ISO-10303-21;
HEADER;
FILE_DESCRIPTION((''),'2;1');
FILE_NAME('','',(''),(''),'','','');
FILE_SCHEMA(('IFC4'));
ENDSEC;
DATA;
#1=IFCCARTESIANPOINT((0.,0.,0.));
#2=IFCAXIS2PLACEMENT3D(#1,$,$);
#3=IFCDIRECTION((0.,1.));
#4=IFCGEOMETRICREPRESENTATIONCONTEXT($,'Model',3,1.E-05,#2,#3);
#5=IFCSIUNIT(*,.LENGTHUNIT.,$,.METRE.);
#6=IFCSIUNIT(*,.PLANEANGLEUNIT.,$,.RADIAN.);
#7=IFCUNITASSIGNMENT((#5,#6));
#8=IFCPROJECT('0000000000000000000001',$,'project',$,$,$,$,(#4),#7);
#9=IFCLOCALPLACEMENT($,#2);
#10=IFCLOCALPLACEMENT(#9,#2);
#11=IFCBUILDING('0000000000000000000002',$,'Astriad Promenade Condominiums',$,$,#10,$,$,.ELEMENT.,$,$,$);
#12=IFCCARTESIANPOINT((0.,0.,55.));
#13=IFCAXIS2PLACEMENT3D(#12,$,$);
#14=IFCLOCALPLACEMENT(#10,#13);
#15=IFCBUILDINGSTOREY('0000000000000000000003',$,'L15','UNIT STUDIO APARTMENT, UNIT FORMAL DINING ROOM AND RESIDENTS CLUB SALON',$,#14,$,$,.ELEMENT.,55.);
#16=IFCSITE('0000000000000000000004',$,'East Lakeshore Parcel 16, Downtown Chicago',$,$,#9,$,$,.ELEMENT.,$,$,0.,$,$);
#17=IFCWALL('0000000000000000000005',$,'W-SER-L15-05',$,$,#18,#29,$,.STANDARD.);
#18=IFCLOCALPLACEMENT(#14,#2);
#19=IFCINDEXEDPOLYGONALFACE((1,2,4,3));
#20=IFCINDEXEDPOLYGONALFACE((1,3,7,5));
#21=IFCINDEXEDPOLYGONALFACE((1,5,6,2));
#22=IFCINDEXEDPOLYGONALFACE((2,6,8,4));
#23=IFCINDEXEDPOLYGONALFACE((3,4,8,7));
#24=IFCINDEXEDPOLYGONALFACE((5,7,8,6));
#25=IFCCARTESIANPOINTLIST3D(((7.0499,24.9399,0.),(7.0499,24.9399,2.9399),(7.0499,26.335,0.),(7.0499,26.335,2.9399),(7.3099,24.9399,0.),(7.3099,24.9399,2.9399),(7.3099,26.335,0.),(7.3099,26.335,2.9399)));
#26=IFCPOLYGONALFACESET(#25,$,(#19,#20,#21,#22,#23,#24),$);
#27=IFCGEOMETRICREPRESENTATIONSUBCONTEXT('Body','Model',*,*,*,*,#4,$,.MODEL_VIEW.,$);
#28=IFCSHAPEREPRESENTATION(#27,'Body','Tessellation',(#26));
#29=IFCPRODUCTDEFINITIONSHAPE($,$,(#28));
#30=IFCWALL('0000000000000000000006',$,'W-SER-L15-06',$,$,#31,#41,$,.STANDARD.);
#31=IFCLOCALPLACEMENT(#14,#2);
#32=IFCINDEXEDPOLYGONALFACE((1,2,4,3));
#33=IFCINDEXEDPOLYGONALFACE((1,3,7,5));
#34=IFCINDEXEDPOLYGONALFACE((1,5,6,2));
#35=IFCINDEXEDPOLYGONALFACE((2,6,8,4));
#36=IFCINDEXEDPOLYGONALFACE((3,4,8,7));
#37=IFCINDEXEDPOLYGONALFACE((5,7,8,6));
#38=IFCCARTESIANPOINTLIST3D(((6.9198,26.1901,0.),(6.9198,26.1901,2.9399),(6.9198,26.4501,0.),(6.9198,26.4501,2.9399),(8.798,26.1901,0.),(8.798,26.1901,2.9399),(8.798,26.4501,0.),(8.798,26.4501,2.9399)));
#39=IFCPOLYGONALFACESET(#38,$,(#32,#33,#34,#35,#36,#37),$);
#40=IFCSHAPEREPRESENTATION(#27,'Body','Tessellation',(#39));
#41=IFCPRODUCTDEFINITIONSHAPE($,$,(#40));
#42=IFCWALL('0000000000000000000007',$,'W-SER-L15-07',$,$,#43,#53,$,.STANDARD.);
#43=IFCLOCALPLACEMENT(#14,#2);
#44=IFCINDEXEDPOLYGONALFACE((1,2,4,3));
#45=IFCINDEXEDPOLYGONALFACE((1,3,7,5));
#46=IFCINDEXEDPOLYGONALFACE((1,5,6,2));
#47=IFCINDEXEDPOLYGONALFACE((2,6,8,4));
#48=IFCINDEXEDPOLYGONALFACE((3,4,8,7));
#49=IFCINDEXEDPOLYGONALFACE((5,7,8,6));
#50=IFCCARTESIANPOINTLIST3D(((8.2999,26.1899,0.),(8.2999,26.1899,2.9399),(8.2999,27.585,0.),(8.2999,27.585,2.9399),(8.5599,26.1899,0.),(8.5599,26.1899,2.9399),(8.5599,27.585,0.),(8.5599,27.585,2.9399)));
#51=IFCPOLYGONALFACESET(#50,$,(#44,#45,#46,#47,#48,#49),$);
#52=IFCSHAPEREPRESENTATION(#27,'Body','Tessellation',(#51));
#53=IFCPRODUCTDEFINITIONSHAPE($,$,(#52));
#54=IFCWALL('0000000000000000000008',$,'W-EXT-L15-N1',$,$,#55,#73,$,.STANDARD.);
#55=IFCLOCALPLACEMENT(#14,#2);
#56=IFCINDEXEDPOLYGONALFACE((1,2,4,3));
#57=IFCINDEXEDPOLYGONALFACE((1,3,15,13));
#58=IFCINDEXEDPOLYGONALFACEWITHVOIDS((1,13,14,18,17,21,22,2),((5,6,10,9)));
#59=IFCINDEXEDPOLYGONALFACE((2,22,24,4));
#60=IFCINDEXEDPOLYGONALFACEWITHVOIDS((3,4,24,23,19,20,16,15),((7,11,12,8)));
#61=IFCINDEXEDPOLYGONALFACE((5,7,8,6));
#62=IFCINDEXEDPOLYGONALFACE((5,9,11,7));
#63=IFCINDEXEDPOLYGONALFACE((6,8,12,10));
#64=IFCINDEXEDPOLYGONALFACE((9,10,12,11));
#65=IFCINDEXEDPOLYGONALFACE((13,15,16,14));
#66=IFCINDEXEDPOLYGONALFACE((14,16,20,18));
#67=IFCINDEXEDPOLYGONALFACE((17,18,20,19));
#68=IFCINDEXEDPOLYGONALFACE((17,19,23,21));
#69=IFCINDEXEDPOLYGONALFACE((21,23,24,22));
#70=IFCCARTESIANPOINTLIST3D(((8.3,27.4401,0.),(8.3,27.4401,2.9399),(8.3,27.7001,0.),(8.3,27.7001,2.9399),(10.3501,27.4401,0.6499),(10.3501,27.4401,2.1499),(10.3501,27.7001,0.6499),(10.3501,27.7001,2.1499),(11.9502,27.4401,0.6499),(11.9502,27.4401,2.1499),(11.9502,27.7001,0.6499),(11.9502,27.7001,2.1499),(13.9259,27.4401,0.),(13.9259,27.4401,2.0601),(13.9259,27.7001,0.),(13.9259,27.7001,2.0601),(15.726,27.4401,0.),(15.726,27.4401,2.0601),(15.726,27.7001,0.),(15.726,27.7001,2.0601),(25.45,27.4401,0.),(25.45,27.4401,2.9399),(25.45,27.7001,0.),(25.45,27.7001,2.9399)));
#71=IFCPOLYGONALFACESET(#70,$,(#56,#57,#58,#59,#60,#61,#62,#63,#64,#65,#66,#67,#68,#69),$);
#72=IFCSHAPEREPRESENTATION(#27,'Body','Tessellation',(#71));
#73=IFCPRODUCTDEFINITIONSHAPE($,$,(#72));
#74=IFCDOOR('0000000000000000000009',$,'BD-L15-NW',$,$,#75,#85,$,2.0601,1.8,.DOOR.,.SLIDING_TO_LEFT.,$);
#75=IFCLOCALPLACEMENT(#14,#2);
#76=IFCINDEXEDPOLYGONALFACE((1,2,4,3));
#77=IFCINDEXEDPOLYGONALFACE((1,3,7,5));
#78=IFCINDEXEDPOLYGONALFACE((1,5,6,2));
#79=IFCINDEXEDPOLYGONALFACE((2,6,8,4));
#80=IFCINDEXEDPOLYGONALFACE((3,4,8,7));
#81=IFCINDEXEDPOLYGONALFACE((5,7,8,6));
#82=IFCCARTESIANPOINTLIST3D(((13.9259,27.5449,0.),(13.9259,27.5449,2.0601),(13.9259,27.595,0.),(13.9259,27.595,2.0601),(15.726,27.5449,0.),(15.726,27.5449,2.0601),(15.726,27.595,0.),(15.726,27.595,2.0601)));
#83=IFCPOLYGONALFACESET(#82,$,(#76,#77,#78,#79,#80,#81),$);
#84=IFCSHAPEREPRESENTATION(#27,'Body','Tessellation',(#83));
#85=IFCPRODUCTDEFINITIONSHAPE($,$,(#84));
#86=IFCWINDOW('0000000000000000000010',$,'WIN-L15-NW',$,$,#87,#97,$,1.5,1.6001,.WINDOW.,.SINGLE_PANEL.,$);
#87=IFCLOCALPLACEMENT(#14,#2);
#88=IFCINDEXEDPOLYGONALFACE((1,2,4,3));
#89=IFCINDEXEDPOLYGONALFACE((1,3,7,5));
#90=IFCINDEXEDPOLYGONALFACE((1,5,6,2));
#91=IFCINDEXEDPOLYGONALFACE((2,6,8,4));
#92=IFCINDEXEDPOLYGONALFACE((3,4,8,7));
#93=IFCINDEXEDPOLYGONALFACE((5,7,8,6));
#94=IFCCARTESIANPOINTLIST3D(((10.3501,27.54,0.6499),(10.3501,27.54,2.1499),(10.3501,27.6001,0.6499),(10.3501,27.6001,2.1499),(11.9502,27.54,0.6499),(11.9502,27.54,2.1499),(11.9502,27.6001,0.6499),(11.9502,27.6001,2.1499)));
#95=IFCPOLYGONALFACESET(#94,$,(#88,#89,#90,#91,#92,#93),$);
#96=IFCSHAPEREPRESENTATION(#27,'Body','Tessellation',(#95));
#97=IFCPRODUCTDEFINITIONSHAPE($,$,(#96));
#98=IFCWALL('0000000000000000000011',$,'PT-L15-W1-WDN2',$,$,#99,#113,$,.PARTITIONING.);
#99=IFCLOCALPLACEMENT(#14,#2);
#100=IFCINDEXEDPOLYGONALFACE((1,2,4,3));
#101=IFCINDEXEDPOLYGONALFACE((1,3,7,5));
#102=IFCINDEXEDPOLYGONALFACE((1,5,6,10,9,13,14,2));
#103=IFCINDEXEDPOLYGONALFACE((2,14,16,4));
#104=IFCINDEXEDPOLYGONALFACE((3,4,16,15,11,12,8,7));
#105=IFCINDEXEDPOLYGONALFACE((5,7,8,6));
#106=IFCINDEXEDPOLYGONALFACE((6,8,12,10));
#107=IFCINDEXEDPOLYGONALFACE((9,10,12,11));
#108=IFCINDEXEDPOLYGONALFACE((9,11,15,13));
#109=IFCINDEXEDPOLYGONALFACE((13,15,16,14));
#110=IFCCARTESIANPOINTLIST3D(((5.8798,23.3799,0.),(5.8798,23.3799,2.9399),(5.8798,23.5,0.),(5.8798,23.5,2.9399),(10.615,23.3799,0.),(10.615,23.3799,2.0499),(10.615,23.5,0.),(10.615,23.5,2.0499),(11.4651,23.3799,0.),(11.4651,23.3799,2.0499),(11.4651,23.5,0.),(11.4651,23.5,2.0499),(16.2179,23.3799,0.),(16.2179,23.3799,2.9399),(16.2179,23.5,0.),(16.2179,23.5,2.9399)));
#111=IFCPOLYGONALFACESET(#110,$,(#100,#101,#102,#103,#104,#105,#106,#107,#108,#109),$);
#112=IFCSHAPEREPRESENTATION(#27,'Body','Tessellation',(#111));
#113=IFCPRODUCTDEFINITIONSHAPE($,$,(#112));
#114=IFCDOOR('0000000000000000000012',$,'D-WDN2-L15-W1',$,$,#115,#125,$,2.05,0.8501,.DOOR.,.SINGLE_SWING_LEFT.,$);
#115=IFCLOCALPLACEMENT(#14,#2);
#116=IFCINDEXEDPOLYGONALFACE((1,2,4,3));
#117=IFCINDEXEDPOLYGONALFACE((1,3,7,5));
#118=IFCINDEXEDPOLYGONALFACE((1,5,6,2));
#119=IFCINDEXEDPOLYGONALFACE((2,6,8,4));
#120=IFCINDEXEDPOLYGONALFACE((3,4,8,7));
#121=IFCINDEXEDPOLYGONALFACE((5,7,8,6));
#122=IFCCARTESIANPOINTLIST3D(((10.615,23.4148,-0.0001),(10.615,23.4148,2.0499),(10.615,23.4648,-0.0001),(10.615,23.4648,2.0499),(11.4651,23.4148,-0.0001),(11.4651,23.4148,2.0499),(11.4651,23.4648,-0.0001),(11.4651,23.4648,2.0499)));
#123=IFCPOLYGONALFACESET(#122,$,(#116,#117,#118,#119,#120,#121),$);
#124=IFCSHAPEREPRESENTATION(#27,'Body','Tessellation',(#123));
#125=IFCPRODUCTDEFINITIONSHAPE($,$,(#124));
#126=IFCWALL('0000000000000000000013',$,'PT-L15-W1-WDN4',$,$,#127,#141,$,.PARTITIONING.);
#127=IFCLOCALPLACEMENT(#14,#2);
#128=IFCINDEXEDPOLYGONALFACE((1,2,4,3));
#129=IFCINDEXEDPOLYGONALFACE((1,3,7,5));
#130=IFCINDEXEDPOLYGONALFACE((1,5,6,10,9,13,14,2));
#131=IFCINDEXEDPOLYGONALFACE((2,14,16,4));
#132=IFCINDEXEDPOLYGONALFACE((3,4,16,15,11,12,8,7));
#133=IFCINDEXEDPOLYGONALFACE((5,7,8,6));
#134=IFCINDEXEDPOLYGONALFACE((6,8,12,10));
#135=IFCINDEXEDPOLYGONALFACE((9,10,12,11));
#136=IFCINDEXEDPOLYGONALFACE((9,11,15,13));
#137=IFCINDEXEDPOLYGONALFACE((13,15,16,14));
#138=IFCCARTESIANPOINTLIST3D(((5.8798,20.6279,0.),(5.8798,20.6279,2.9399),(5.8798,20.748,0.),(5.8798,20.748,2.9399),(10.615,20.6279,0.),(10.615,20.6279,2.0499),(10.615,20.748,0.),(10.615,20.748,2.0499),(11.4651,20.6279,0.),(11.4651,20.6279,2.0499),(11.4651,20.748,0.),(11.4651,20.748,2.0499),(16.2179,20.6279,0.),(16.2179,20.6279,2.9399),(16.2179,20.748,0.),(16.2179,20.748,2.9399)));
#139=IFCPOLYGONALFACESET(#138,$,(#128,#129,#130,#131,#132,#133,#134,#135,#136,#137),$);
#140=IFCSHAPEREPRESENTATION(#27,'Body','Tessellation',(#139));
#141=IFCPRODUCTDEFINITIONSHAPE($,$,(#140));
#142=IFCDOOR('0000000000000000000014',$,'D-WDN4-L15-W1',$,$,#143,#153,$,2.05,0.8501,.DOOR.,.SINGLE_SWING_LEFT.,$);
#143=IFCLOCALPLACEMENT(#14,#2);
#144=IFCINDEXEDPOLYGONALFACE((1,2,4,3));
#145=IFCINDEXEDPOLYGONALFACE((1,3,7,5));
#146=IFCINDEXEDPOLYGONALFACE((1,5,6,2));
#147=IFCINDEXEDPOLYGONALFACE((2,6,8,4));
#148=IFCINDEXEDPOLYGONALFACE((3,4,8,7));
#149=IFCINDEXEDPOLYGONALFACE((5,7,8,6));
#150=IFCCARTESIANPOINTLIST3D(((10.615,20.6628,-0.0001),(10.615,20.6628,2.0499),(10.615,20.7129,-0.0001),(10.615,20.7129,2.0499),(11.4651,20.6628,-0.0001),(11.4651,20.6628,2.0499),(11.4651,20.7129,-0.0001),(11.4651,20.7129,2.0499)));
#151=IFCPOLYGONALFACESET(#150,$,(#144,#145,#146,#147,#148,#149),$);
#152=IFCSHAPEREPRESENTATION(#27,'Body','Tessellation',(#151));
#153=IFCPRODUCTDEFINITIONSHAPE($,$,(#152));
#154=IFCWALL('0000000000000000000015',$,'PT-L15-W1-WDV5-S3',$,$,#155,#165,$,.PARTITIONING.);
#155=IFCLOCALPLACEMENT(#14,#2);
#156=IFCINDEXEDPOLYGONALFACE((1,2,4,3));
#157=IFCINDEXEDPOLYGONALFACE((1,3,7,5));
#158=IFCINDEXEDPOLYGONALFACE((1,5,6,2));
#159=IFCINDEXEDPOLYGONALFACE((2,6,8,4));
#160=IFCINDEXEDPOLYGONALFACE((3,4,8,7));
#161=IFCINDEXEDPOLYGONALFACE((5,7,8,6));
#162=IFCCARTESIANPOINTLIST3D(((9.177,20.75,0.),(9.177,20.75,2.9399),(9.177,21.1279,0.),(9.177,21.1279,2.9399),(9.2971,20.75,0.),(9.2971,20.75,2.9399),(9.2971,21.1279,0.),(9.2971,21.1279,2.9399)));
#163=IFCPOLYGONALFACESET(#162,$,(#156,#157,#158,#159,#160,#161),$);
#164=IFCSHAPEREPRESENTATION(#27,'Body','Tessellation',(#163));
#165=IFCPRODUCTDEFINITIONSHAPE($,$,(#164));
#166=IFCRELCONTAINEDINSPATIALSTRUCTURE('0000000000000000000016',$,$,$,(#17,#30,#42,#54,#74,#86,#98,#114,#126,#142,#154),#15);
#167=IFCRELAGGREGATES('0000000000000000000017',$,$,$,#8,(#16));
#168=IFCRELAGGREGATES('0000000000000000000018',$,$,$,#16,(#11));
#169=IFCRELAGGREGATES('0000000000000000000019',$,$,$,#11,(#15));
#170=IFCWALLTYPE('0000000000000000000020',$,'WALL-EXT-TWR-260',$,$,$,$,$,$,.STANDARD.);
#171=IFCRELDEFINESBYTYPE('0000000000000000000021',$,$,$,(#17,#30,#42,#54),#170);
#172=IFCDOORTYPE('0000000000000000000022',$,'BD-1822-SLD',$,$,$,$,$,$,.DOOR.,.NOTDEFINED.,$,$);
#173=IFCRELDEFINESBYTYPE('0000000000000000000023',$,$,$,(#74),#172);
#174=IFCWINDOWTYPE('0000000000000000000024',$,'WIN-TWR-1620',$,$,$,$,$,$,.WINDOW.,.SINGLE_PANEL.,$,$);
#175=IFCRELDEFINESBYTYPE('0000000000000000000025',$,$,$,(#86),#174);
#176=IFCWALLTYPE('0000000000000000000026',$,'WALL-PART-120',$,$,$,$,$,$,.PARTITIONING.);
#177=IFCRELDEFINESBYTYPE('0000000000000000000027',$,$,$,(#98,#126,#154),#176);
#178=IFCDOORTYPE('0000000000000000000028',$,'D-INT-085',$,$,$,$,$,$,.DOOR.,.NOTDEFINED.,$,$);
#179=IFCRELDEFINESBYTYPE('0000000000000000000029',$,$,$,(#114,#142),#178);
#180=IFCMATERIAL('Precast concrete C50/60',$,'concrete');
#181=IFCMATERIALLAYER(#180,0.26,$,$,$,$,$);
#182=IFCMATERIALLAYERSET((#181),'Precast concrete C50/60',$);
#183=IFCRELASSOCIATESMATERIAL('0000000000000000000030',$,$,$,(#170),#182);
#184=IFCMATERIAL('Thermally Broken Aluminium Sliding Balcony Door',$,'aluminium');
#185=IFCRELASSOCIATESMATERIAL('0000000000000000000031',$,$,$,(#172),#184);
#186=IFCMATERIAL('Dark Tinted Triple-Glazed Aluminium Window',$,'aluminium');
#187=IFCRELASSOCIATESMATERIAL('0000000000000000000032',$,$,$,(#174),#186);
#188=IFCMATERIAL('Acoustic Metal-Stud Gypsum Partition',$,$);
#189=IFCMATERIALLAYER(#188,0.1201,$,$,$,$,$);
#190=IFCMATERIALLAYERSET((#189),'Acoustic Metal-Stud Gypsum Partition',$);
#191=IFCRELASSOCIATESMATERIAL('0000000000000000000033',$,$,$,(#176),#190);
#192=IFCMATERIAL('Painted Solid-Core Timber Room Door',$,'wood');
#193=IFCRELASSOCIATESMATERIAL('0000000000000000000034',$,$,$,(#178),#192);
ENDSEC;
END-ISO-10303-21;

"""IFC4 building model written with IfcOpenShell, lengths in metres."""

from ifc_helpers import new_model, si_unit, direction, frame, frame_2d, origin, place, context, subcontext, project, spatial, rectangle, extrude, source, transform, mapped, material, layer, layer_set, type_object, type_shapes, element, fill, save


model = new_model("IFC4")

# Units and contexts
model_context = context("Model", 3, precision=1e-05, world=origin(), true_north=direction((0.0, 1.0)))
body_context = subcontext(model_context, "Body", "Model", "MODEL_VIEW")
ifc_project = project(units=[si_unit("LENGTHUNIT", "METRE"), si_unit("PLANEANGLEUNIT", "RADIAN")], contexts=[model_context])

# Site, building, storey
site_placement = place(None, origin())
site = spatial("IfcSite", under=ifc_project, at=site_placement, Name="East Lakeshore Parcel 16, Downtown Chicago", CompositionType="ELEMENT", RefElevation=0.0)
building_placement = place(site_placement, origin())
building = spatial("IfcBuilding", under=site, at=building_placement, Name="Astriad Promenade Condominiums", CompositionType="ELEMENT")
storey_placement = place(building_placement, frame((0.0, 0.0, 55.0)))
storey = spatial("IfcBuildingStorey", under=building, at=storey_placement, Name="L15", Description="UNIT STUDIO APARTMENT, UNIT FORMAL DINING ROOM AND RESIDENTS CLUB SALON", CompositionType="ELEMENT", Elevation=55.0)

# Walls
ifc_material_1 = material(Name="Precast concrete C50/60", Category="concrete")
ifc_layer_1 = layer(ifc_material_1, 0.26)
ifc_layer_set_1 = layer_set([ifc_layer_1], Name="Precast concrete C50/60")
wall_type_1 = type_object("IfcWallType", Name="WALL-EXT-TWR-260", PredefinedType="STANDARD", material=ifc_layer_set_1)
for number, where, z_axis, x_axis, name in (
    (1, (7.1799, 24.9399, 0.0), (0.0, 0.0, 1.0), (0.0, 1.0, 0.0), "W-SER-L15-05"),
):
    element("IfcWall", number, at=place(storey_placement, frame(where, z_axis=z_axis, x_axis=x_axis)), inside=storey, type_object=wall_type_1, Name=name, PredefinedType="STANDARD", context=body_context, shape_type="SweptSolid", body=[
        extrude(rectangle(XDim=1.395, YDim=0.26, at=frame_2d((0.6975, 0.0))), origin(), (0.0, 0.0, 1.0), 2.9399),
    ])
wall_1_placement = place(storey_placement, frame((6.9199, 26.3201, 0.0), z_axis=(0.0, 0.0, 1.0), x_axis=(1.0, 0.0, 0.0)))
element("IfcWall", 2, at=wall_1_placement, inside=storey, type_object=wall_type_1, Name="W-SER-L15-06", PredefinedType="STANDARD", context=body_context, shape_type="SweptSolid", body=[
    extrude(rectangle(XDim=1.8782, YDim=0.26, at=frame_2d((0.939, 0.0))), origin(), (0.0, 0.0, 1.0), 2.9399),
])
wall_2_placement = place(storey_placement, frame((8.4299, 26.1899, 0.0), z_axis=(0.0, 0.0, 1.0), x_axis=(0.0, 1.0, 0.0)))
element("IfcWall", 3, at=wall_2_placement, inside=storey, type_object=wall_type_1, Name="W-SER-L15-07", PredefinedType="STANDARD", context=body_context, shape_type="SweptSolid", body=[
    extrude(rectangle(XDim=1.395, YDim=0.26, at=frame_2d((0.6975, 0.0))), origin(), (0.0, 0.0, 1.0), 2.9399),
])

# Wall, openings, door, window
wall_3_placement = place(storey_placement, frame((8.3, 27.5701, 0.0), z_axis=(0.0, 0.0, 1.0), x_axis=(1.0, 0.0, 0.0)))
wall_3 = element("IfcWall", 4, at=wall_3_placement, inside=storey, type_object=wall_type_1, Name="W-EXT-L15-N1", PredefinedType="STANDARD", context=body_context, shape_type="SweptSolid", body=[
    extrude(rectangle(XDim=17.1499, YDim=0.26, at=frame_2d((8.575, 0.0))), origin(), (0.0, 0.0, 1.0), 2.9399),
])
opening_1_placement = place(wall_3_placement, frame((5.626, 0.0, 0.0)))
opening_1 = element("IfcOpeningElement", 5, at=opening_1_placement, cuts=wall_3, PredefinedType="OPENING", context=body_context, shape_type="SweptSolid", body=[
    extrude(rectangle(XDim=1.8, YDim=2.0601, at=frame_2d((0.8999, 1.03))), frame((0.0, 0.1399, 0.0), z_axis=(0.0, -1.0, 0.0), x_axis=(1.0, 0.0, 0.0)), (0.0, 0.0, 1.0), 0.28),
])
opening_2_placement = place(wall_3_placement, frame((2.05, 0.0, 0.6499)))
opening_2 = element("IfcOpeningElement", 6, at=opening_2_placement, cuts=wall_3, PredefinedType="OPENING", context=body_context, shape_type="SweptSolid", body=[
    extrude(rectangle(XDim=1.6001, YDim=1.5, at=frame_2d((0.8, 0.75))), frame((0.0, 0.1399, 0.0), z_axis=(0.0, -1.0, 0.0), x_axis=(1.0, 0.0, 0.0)), (0.0, 0.0, 1.0), 0.28),
])
ifc_material_2 = material(Name="Thermally Broken Aluminium Sliding Balcony Door", Category="aluminium")
door_type_1 = type_object("IfcDoorType", Name="BD-1822-SLD", OperationType="NOTDEFINED", PredefinedType="DOOR", material=ifc_material_2)
shared_shape_1 = source(origin(), body_context, "Body", "SweptSolid", [
    extrude(rectangle(XDim=1.8, YDim=2.0601, at=frame_2d((0.8999, 1.03))), frame((0.0, 0.0249, 0.0), z_axis=(0.0, -1.0, 0.0), x_axis=(1.0, 0.0, 0.0)), (0.0, 0.0, 1.0), 0.05),
])
type_shapes(door_type_1, [shared_shape_1])
door_1_placement = place(opening_1_placement, origin())
door_1 = element("IfcDoor", 7, at=door_1_placement, inside=storey, type_object=door_type_1, Name="BD-L15-NW", OperationType="SLIDING_TO_LEFT", OverallHeight=2.0601, OverallWidth=1.8, PredefinedType="DOOR", context=body_context, shape_type="MappedRepresentation", body=[
    mapped(shared_shape_1, transform((0.0, 0.0, 0.0), scale=1.0)),
])
fill(opening_1, door_1)
ifc_material_3 = material(Name="Dark Tinted Triple-Glazed Aluminium Window", Category="aluminium")
window_type = type_object("IfcWindowType", Name="WIN-TWR-1620", PartitioningType="SINGLE_PANEL", PredefinedType="WINDOW", material=ifc_material_3)
shared_shape_2 = source(origin(), body_context, "Body", "SweptSolid", [
    extrude(rectangle(XDim=1.6001, YDim=1.5, at=frame_2d((0.8, 0.75))), frame((0.0, 0.03, 0.0), z_axis=(0.0, -1.0, 0.0), x_axis=(1.0, 0.0, 0.0)), (0.0, 0.0, 1.0), 0.0601),
])
type_shapes(window_type, [shared_shape_2])
window_placement = place(opening_2_placement, origin())
window = element("IfcWindow", 8, at=window_placement, inside=storey, type_object=window_type, Name="WIN-L15-NW", OverallHeight=1.5, OverallWidth=1.6001, PartitioningType="SINGLE_PANEL", PredefinedType="WINDOW", context=body_context, shape_type="MappedRepresentation", body=[
    mapped(shared_shape_2, transform((0.0, 0.0, 0.0), scale=1.0)),
])
fill(opening_2, window)

# Walls, openings, doors
ifc_material_4 = material(Name="Acoustic Metal-Stud Gypsum Partition")
ifc_layer_2 = layer(ifc_material_4, 0.1201)
ifc_layer_set_2 = layer_set([ifc_layer_2], Name="Acoustic Metal-Stud Gypsum Partition")
wall_type_2 = type_object("IfcWallType", Name="WALL-PART-120", PredefinedType="PARTITIONING", material=ifc_layer_set_2)
wall_4_placement = place(storey_placement, frame((5.8799, 23.4399, 0.0), z_axis=(0.0, 0.0, 1.0), x_axis=(1.0, 0.0, 0.0)))
wall_4 = element("IfcWall", 9, at=wall_4_placement, inside=storey, type_object=wall_type_2, Name="PT-L15-W1-WDN2", PredefinedType="PARTITIONING", context=body_context, shape_type="SweptSolid", body=[
    extrude(rectangle(XDim=10.3381, YDim=0.1201, at=frame_2d((5.1689, 0.0))), origin(), (0.0, 0.0, 1.0), 2.9399),
])
opening_3_placement = place(wall_4_placement, frame((4.7351, 0.0, 0.0)))
opening_3 = element("IfcOpeningElement", 10, at=opening_3_placement, cuts=wall_4, PredefinedType="OPENING", context=body_context, shape_type="SweptSolid", body=[
    extrude(rectangle(XDim=0.8501, YDim=2.05, at=frame_2d((0.425, 1.0249))), frame((0.0, 0.0701, 0.0), z_axis=(0.0, -1.0, 0.0), x_axis=(1.0, 0.0, 0.0)), (0.0, 0.0, 1.0), 0.1401),
])
ifc_material_5 = material(Name="Painted Solid-Core Timber Room Door", Category="wood")
door_type_2 = type_object("IfcDoorType", Name="D-INT-085", OperationType="NOTDEFINED", PredefinedType="DOOR", material=ifc_material_5)
shared_shape_3 = source(origin(), body_context, "Body", "SweptSolid", [
    extrude(rectangle(XDim=0.8501, YDim=2.05, at=frame_2d((0.425, 1.0249))), frame((0.0, 0.0249, 0.0), z_axis=(0.0, -1.0, 0.0), x_axis=(1.0, 0.0, 0.0)), (0.0, 0.0, 1.0), 0.05),
])
type_shapes(door_type_2, [shared_shape_3])
door_2_placement = place(opening_3_placement, origin())
door_2 = element("IfcDoor", 11, at=door_2_placement, inside=storey, type_object=door_type_2, Name="D-WDN2-L15-W1", OperationType="SINGLE_SWING_LEFT", OverallHeight=2.05, OverallWidth=0.8501, PredefinedType="DOOR", context=body_context, shape_type="MappedRepresentation", body=[
    mapped(shared_shape_3, transform((0.0, 0.0, 0.0), scale=1.0)),
])
fill(opening_3, door_2)
wall_5_placement = place(storey_placement, frame((5.8799, 20.688, 0.0), z_axis=(0.0, 0.0, 1.0), x_axis=(1.0, 0.0, 0.0)))
wall_5 = element("IfcWall", 12, at=wall_5_placement, inside=storey, type_object=wall_type_2, Name="PT-L15-W1-WDN4", PredefinedType="PARTITIONING", context=body_context, shape_type="SweptSolid", body=[
    extrude(rectangle(XDim=10.3381, YDim=0.1201, at=frame_2d((5.1689, 0.0))), origin(), (0.0, 0.0, 1.0), 2.9399),
])
opening_4_placement = place(wall_5_placement, frame((4.7351, 0.0, 0.0)))
opening_4 = element("IfcOpeningElement", 13, at=opening_4_placement, cuts=wall_5, PredefinedType="OPENING", context=body_context, shape_type="SweptSolid", body=[
    extrude(rectangle(XDim=0.8501, YDim=2.05, at=frame_2d((0.425, 1.0249))), frame((0.0, 0.0701, 0.0), z_axis=(0.0, -1.0, 0.0), x_axis=(1.0, 0.0, 0.0)), (0.0, 0.0, 1.0), 0.1401),
])
door_3_placement = place(opening_4_placement, origin())
door_3 = element("IfcDoor", 14, at=door_3_placement, inside=storey, type_object=door_type_2, Name="D-WDN4-L15-W1", OperationType="SINGLE_SWING_LEFT", OverallHeight=2.05, OverallWidth=0.8501, PredefinedType="DOOR", context=body_context, shape_type="MappedRepresentation", body=[
    mapped(shared_shape_3, transform((0.0, 0.0, 0.0), scale=1.0)),
])
fill(opening_4, door_3)

# Wall
wall_6_placement = place(storey_placement, frame((9.2371, 20.75, 0.0), z_axis=(0.0, 0.0, 1.0), x_axis=(0.0, 1.0, 0.0)))
element("IfcWall", 15, at=wall_6_placement, inside=storey, type_object=wall_type_2, Name="PT-L15-W1-WDV5-S3", PredefinedType="PARTITIONING", context=body_context, shape_type="SweptSolid", body=[
    extrude(rectangle(XDim=0.3779, YDim=0.1201, at=frame_2d((0.189, 0.0))), origin(), (0.0, 0.0, 1.0), 2.9399),
])

save(model, "model.ifc")
